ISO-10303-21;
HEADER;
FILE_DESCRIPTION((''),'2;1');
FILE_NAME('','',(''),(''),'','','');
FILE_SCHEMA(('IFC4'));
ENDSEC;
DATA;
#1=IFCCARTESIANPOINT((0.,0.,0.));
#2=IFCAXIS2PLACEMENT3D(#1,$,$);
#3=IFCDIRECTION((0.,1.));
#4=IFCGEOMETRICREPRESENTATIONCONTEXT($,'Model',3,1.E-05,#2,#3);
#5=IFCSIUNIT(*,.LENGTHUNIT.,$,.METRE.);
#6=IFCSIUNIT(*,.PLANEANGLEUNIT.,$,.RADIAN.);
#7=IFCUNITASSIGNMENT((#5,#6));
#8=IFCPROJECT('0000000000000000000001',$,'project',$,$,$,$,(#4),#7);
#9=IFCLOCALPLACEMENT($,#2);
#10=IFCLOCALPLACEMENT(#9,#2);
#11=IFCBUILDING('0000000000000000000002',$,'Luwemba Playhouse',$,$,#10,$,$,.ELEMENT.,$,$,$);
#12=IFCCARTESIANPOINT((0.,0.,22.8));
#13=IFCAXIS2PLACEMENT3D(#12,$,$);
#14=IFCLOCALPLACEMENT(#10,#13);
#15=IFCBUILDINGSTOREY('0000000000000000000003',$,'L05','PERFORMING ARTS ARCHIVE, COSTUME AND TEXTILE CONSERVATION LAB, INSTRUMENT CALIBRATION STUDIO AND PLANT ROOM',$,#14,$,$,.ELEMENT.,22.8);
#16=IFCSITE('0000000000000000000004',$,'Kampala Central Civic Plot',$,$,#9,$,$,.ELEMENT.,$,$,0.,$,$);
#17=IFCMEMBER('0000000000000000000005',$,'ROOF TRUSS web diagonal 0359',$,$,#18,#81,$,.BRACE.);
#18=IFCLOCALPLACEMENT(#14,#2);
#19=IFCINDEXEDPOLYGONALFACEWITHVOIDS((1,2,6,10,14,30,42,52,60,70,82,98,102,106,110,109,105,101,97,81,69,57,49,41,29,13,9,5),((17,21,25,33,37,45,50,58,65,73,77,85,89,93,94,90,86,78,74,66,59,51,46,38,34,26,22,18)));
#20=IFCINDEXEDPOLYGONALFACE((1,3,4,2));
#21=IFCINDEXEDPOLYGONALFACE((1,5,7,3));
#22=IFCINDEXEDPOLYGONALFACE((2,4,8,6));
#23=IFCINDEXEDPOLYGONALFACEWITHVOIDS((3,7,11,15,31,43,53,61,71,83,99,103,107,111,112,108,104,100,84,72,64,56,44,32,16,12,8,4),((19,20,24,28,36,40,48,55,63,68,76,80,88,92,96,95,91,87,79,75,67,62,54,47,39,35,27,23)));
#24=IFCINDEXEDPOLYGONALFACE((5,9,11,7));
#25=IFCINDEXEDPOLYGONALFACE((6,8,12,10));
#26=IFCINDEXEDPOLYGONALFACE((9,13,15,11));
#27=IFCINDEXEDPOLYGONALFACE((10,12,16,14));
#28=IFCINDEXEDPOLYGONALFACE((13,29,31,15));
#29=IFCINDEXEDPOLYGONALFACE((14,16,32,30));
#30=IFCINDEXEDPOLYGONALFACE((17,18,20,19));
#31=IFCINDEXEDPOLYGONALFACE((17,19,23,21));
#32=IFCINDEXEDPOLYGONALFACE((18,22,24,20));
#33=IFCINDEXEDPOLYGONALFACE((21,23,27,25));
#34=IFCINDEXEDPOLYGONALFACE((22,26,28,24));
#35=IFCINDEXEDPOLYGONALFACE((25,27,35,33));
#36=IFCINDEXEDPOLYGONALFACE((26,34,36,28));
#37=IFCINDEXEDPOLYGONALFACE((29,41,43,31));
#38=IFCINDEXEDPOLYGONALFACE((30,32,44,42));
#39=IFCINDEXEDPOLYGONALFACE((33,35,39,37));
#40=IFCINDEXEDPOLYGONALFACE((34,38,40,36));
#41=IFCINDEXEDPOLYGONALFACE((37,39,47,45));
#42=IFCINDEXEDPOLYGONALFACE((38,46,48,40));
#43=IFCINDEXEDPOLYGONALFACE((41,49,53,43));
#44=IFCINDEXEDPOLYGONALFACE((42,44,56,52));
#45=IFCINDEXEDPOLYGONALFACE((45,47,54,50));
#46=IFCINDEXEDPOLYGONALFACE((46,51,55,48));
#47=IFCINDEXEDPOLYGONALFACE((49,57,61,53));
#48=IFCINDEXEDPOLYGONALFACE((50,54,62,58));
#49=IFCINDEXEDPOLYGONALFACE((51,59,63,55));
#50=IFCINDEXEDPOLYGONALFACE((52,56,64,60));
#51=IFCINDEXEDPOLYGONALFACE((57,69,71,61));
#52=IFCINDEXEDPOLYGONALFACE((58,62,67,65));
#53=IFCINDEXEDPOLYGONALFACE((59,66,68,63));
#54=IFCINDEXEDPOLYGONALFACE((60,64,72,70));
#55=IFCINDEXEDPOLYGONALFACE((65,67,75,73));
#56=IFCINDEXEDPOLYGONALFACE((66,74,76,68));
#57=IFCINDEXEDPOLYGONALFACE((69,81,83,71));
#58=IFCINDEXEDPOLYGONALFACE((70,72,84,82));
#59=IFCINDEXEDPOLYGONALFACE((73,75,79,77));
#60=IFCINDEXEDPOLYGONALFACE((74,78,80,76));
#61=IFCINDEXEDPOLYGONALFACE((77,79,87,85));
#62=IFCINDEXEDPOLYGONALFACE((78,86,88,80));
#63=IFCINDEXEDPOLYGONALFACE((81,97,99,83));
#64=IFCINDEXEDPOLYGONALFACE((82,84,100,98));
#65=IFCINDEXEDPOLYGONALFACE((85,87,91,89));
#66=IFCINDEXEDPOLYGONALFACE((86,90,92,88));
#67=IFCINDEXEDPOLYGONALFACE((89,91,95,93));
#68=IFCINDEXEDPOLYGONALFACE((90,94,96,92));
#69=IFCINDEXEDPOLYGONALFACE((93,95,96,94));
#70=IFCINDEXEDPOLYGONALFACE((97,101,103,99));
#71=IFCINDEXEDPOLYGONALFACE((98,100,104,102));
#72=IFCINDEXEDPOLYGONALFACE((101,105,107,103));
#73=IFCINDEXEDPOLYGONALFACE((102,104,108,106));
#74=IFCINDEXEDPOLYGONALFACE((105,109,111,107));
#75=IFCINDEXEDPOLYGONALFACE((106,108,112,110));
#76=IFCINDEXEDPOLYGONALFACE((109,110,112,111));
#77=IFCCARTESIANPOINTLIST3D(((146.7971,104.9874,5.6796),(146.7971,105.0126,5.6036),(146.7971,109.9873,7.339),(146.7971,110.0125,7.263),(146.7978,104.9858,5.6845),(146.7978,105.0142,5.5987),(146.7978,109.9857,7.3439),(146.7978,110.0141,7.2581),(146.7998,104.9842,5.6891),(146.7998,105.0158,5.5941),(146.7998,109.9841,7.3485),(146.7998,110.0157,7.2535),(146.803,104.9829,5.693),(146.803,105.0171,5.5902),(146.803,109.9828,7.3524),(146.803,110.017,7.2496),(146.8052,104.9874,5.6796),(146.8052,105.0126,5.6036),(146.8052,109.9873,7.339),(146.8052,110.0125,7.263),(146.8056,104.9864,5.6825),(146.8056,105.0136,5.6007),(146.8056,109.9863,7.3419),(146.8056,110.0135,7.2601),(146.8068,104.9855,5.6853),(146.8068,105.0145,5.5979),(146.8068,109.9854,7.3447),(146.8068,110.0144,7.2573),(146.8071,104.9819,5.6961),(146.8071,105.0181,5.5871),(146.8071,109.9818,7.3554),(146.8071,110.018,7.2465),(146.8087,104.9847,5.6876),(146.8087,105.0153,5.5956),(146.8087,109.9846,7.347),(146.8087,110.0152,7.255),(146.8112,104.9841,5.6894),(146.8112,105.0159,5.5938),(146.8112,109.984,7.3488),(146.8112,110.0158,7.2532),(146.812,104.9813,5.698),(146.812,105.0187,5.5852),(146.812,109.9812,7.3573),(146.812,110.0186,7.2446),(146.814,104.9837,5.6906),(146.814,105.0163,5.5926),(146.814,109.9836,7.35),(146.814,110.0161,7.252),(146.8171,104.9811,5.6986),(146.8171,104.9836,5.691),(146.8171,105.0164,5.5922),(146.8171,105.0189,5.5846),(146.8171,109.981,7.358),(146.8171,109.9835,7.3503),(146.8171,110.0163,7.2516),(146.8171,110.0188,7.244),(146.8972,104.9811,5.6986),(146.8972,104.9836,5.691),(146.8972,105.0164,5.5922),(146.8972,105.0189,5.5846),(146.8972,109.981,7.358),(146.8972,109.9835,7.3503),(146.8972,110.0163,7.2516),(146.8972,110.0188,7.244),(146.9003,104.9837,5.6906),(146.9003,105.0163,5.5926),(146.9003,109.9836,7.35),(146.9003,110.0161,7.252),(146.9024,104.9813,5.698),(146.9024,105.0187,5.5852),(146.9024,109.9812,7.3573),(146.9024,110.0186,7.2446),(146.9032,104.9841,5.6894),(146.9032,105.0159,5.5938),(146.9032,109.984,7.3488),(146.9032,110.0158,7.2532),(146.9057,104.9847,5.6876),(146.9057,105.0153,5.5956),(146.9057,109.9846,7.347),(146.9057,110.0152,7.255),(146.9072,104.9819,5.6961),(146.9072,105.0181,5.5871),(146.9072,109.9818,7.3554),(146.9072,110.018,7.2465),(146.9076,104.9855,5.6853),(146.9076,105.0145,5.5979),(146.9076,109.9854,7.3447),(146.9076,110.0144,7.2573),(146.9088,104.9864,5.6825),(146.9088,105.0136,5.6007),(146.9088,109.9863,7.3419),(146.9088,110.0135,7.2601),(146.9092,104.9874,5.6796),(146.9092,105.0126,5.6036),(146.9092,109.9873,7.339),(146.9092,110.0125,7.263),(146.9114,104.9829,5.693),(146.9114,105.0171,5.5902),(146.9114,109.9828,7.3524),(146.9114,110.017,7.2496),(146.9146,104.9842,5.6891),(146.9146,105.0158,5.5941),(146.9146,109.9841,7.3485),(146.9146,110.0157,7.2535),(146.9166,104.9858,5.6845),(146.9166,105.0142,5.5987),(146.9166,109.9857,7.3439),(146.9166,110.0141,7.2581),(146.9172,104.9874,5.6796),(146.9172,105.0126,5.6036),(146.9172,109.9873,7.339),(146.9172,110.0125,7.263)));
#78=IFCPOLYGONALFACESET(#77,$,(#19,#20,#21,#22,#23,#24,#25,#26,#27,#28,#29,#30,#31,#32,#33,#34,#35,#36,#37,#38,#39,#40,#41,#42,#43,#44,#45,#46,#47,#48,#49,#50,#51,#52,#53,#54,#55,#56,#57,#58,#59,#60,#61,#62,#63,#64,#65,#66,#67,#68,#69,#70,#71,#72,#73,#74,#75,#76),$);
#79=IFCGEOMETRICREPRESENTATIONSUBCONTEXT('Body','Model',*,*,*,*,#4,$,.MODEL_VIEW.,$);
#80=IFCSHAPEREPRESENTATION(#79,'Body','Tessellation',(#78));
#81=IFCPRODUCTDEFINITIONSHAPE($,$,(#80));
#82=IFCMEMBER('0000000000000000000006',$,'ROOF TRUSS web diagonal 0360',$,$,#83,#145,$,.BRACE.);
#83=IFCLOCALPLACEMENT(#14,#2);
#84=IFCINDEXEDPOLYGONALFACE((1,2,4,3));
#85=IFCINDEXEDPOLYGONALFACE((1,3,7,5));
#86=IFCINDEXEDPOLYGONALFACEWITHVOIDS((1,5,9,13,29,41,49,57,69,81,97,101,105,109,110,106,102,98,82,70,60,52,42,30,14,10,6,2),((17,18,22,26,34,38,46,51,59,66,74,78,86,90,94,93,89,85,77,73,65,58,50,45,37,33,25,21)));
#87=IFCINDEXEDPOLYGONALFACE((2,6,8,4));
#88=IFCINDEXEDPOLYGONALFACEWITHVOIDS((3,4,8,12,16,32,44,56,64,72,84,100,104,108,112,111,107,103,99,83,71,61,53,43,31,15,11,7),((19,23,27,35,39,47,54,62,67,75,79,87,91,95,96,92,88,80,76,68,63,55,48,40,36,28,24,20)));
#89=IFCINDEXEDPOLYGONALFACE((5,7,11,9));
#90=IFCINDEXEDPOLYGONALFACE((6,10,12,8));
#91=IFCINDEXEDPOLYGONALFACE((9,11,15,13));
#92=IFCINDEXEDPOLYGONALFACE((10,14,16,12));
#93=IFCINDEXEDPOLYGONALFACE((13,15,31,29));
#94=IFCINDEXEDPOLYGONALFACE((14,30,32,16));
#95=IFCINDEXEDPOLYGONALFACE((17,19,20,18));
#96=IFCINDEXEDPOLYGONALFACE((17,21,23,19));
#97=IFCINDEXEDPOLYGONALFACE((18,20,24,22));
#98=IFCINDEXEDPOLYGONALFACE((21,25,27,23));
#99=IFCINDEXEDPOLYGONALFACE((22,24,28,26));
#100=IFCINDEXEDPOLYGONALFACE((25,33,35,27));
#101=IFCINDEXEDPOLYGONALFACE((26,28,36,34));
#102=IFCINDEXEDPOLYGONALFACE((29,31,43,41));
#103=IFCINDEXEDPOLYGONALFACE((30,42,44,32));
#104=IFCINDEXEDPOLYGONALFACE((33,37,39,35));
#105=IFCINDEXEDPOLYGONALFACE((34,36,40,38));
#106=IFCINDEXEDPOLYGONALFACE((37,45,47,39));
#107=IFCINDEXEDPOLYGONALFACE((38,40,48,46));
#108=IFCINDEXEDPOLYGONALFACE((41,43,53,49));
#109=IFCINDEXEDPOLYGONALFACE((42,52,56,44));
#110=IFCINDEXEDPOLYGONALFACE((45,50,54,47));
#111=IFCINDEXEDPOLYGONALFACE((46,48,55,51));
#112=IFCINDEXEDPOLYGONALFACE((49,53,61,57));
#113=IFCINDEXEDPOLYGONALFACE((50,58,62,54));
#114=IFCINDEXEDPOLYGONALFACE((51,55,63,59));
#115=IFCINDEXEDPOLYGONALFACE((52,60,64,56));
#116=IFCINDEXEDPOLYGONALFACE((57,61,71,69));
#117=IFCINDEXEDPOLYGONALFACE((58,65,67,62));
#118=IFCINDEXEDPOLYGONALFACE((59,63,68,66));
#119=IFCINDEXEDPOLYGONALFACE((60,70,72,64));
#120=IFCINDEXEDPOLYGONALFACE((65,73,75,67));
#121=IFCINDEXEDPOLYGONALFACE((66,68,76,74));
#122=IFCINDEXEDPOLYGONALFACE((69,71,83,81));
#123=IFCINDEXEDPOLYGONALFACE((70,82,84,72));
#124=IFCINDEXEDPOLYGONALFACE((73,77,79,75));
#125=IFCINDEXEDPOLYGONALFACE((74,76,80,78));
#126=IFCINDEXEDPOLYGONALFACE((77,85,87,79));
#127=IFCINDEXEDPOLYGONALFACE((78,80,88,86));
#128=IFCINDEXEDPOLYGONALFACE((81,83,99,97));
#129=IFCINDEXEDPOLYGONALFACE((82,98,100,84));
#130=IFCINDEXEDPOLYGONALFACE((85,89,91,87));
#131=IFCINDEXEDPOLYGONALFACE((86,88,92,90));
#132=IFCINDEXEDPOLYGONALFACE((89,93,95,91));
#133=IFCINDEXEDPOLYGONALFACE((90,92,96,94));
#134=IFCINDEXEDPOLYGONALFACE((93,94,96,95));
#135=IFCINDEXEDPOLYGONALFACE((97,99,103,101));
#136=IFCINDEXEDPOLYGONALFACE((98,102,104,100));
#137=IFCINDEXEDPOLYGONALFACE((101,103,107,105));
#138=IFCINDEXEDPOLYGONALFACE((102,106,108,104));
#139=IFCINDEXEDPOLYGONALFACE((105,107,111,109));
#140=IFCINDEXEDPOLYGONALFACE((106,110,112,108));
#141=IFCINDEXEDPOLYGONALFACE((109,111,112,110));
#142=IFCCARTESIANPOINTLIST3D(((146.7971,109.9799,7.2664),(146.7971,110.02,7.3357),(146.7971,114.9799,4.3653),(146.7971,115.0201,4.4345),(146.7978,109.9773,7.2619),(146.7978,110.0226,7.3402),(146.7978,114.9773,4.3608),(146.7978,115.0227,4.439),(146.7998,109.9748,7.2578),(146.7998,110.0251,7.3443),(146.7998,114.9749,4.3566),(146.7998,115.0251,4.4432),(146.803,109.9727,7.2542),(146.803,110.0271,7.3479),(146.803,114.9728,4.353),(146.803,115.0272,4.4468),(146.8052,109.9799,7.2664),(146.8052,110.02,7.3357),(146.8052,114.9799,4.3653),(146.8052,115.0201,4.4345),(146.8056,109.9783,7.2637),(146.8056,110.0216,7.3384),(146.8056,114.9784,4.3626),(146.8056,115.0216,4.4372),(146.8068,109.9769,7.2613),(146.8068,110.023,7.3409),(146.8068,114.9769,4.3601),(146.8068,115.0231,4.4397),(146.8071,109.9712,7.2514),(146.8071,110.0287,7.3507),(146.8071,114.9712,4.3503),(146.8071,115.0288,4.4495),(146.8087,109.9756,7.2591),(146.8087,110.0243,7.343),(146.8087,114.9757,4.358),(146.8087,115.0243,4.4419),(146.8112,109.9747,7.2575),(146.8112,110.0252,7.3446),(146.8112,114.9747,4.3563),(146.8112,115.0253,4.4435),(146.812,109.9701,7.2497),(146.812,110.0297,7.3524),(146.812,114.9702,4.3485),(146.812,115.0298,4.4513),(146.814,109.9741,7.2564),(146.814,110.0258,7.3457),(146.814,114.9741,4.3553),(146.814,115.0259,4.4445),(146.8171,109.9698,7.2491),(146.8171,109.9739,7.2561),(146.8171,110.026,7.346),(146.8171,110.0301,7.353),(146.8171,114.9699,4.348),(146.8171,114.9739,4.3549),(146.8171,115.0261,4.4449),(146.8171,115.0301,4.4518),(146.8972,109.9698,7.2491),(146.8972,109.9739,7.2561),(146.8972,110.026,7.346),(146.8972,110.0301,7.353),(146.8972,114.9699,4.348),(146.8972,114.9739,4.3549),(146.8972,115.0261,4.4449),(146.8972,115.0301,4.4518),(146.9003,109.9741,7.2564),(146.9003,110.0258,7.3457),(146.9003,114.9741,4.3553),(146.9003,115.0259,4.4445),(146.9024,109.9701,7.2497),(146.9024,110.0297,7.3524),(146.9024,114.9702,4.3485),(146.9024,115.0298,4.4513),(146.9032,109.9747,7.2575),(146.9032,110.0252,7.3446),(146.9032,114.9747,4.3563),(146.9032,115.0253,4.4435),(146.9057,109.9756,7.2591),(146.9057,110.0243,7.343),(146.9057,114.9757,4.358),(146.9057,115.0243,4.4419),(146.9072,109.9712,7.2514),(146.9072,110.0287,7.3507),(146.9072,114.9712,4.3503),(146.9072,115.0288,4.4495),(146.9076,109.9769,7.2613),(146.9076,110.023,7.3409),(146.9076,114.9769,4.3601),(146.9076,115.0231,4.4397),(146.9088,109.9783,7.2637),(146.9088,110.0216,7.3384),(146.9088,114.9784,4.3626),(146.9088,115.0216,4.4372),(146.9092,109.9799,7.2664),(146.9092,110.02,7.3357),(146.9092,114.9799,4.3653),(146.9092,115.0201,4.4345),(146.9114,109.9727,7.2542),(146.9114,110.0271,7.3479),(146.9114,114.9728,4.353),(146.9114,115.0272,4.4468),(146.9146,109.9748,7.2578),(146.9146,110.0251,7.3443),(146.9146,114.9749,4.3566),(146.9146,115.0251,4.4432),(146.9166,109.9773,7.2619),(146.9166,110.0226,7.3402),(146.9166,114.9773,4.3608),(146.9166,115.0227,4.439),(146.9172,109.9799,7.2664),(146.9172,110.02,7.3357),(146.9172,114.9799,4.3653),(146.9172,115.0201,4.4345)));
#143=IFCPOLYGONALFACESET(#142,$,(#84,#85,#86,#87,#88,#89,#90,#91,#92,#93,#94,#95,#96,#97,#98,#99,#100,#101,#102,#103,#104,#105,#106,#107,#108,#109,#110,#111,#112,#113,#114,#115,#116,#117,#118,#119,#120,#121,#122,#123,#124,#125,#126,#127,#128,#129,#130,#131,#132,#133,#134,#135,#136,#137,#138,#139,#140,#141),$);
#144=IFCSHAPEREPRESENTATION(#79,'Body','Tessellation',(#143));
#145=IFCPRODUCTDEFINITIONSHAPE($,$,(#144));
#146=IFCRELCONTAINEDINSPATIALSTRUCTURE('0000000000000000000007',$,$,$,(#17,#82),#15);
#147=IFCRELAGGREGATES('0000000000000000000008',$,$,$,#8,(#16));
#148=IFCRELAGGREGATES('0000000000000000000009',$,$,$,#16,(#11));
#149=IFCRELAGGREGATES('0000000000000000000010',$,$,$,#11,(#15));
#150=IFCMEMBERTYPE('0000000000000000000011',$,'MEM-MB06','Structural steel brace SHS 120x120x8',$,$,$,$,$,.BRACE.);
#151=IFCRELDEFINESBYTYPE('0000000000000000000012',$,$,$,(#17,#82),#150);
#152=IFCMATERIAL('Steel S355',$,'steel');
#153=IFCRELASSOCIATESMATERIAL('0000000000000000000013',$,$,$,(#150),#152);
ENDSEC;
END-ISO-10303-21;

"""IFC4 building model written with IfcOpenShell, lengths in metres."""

from ifc_helpers import new_model, si_unit, direction, frame, origin, origin_2d, place, context, subcontext, project, spatial, hollow_rectangle, extrude, material, material_profile, profile_set, type_object, element, save


model = new_model("IFC4")

# Units and contexts
model_context = context("Model", 3, precision=1e-05, world=origin(), true_north=direction((0.0, 1.0)))
body_context = subcontext(model_context, "Body", "Model", "MODEL_VIEW")
ifc_project = project(units=[si_unit("LENGTHUNIT", "METRE"), si_unit("PLANEANGLEUNIT", "RADIAN")], contexts=[model_context])

# Site, building, storey
site_placement = place(None, origin())
site = spatial("IfcSite", under=ifc_project, at=site_placement, Name="Kampala Central Civic Plot", CompositionType="ELEMENT", RefElevation=0.0)
building_placement = place(site_placement, origin())
building = spatial("IfcBuilding", under=site, at=building_placement, Name="Luwemba Playhouse", CompositionType="ELEMENT")
storey_placement = place(building_placement, frame((0.0, 0.0, 22.8)))
storey = spatial("IfcBuildingStorey", under=building, at=storey_placement, Name="L05", Description="PERFORMING ARTS ARCHIVE, COSTUME AND TEXTILE CONSERVATION LAB, INSTRUMENT CALIBRATION STUDIO AND PLANT ROOM", CompositionType="ELEMENT", Elevation=22.8)

# Shared definitions
ifc_material_1 = material(Name="Steel S355", Category="steel")

# Members
ifc_material_profile_1 = material_profile(ifc_material_1, hollow_rectangle(XDim=0.1201, YDim=0.1201, WallThickness=0.0081, InnerFilletRadius=0.012, OuterFilletRadius=0.02, at=origin_2d()))
ifc_profile_set_1 = profile_set([ifc_material_profile_1], Name="Steel S355")
member_type_1 = type_object("IfcMemberType", Name="MEM-MB06", Description="Structural steel brace SHS 120x120x8", PredefinedType="BRACE", material=ifc_profile_set_1)
for number, where, z_axis, x_axis, name in (
    (1, (146.8572, 105.0, 5.6416), (0.0, 0.949095, 0.31499), (-1.0, 0.0, 0.0), "ROOF TRUSS web diagonal 0359"),
):
    element("IfcMember", number, at=place(storey_placement, frame(where, z_axis=z_axis, x_axis=x_axis)), inside=storey, type_object=member_type_1, Name=name, PredefinedType="BRACE", context=body_context, shape_type="SweptSolid", body=[
        extrude(hollow_rectangle(XDim=0.1201, YDim=0.1201, WallThickness=0.0081, InnerFilletRadius=0.012, OuterFilletRadius=0.02, at=origin_2d()), origin(), (0.0, 0.0, 1.0), 5.2681),
    ])
member_1_placement = place(storey_placement, frame((146.8572, 115.0, 4.3999), z_axis=(0.0, -0.864947, 0.501863), x_axis=(1.0, 0.0, 0.0)))
element("IfcMember", 2, at=member_1_placement, inside=storey, type_object=member_type_1, Name="ROOF TRUSS web diagonal 0360", PredefinedType="BRACE", context=body_context, shape_type="SweptSolid", body=[
    extrude(hollow_rectangle(XDim=0.1201, YDim=0.1201, WallThickness=0.0081, InnerFilletRadius=0.012, OuterFilletRadius=0.02, at=origin_2d()), origin(), (0.0, 0.0, 1.0), 5.7808),
])

save(model, "model.ifc")
